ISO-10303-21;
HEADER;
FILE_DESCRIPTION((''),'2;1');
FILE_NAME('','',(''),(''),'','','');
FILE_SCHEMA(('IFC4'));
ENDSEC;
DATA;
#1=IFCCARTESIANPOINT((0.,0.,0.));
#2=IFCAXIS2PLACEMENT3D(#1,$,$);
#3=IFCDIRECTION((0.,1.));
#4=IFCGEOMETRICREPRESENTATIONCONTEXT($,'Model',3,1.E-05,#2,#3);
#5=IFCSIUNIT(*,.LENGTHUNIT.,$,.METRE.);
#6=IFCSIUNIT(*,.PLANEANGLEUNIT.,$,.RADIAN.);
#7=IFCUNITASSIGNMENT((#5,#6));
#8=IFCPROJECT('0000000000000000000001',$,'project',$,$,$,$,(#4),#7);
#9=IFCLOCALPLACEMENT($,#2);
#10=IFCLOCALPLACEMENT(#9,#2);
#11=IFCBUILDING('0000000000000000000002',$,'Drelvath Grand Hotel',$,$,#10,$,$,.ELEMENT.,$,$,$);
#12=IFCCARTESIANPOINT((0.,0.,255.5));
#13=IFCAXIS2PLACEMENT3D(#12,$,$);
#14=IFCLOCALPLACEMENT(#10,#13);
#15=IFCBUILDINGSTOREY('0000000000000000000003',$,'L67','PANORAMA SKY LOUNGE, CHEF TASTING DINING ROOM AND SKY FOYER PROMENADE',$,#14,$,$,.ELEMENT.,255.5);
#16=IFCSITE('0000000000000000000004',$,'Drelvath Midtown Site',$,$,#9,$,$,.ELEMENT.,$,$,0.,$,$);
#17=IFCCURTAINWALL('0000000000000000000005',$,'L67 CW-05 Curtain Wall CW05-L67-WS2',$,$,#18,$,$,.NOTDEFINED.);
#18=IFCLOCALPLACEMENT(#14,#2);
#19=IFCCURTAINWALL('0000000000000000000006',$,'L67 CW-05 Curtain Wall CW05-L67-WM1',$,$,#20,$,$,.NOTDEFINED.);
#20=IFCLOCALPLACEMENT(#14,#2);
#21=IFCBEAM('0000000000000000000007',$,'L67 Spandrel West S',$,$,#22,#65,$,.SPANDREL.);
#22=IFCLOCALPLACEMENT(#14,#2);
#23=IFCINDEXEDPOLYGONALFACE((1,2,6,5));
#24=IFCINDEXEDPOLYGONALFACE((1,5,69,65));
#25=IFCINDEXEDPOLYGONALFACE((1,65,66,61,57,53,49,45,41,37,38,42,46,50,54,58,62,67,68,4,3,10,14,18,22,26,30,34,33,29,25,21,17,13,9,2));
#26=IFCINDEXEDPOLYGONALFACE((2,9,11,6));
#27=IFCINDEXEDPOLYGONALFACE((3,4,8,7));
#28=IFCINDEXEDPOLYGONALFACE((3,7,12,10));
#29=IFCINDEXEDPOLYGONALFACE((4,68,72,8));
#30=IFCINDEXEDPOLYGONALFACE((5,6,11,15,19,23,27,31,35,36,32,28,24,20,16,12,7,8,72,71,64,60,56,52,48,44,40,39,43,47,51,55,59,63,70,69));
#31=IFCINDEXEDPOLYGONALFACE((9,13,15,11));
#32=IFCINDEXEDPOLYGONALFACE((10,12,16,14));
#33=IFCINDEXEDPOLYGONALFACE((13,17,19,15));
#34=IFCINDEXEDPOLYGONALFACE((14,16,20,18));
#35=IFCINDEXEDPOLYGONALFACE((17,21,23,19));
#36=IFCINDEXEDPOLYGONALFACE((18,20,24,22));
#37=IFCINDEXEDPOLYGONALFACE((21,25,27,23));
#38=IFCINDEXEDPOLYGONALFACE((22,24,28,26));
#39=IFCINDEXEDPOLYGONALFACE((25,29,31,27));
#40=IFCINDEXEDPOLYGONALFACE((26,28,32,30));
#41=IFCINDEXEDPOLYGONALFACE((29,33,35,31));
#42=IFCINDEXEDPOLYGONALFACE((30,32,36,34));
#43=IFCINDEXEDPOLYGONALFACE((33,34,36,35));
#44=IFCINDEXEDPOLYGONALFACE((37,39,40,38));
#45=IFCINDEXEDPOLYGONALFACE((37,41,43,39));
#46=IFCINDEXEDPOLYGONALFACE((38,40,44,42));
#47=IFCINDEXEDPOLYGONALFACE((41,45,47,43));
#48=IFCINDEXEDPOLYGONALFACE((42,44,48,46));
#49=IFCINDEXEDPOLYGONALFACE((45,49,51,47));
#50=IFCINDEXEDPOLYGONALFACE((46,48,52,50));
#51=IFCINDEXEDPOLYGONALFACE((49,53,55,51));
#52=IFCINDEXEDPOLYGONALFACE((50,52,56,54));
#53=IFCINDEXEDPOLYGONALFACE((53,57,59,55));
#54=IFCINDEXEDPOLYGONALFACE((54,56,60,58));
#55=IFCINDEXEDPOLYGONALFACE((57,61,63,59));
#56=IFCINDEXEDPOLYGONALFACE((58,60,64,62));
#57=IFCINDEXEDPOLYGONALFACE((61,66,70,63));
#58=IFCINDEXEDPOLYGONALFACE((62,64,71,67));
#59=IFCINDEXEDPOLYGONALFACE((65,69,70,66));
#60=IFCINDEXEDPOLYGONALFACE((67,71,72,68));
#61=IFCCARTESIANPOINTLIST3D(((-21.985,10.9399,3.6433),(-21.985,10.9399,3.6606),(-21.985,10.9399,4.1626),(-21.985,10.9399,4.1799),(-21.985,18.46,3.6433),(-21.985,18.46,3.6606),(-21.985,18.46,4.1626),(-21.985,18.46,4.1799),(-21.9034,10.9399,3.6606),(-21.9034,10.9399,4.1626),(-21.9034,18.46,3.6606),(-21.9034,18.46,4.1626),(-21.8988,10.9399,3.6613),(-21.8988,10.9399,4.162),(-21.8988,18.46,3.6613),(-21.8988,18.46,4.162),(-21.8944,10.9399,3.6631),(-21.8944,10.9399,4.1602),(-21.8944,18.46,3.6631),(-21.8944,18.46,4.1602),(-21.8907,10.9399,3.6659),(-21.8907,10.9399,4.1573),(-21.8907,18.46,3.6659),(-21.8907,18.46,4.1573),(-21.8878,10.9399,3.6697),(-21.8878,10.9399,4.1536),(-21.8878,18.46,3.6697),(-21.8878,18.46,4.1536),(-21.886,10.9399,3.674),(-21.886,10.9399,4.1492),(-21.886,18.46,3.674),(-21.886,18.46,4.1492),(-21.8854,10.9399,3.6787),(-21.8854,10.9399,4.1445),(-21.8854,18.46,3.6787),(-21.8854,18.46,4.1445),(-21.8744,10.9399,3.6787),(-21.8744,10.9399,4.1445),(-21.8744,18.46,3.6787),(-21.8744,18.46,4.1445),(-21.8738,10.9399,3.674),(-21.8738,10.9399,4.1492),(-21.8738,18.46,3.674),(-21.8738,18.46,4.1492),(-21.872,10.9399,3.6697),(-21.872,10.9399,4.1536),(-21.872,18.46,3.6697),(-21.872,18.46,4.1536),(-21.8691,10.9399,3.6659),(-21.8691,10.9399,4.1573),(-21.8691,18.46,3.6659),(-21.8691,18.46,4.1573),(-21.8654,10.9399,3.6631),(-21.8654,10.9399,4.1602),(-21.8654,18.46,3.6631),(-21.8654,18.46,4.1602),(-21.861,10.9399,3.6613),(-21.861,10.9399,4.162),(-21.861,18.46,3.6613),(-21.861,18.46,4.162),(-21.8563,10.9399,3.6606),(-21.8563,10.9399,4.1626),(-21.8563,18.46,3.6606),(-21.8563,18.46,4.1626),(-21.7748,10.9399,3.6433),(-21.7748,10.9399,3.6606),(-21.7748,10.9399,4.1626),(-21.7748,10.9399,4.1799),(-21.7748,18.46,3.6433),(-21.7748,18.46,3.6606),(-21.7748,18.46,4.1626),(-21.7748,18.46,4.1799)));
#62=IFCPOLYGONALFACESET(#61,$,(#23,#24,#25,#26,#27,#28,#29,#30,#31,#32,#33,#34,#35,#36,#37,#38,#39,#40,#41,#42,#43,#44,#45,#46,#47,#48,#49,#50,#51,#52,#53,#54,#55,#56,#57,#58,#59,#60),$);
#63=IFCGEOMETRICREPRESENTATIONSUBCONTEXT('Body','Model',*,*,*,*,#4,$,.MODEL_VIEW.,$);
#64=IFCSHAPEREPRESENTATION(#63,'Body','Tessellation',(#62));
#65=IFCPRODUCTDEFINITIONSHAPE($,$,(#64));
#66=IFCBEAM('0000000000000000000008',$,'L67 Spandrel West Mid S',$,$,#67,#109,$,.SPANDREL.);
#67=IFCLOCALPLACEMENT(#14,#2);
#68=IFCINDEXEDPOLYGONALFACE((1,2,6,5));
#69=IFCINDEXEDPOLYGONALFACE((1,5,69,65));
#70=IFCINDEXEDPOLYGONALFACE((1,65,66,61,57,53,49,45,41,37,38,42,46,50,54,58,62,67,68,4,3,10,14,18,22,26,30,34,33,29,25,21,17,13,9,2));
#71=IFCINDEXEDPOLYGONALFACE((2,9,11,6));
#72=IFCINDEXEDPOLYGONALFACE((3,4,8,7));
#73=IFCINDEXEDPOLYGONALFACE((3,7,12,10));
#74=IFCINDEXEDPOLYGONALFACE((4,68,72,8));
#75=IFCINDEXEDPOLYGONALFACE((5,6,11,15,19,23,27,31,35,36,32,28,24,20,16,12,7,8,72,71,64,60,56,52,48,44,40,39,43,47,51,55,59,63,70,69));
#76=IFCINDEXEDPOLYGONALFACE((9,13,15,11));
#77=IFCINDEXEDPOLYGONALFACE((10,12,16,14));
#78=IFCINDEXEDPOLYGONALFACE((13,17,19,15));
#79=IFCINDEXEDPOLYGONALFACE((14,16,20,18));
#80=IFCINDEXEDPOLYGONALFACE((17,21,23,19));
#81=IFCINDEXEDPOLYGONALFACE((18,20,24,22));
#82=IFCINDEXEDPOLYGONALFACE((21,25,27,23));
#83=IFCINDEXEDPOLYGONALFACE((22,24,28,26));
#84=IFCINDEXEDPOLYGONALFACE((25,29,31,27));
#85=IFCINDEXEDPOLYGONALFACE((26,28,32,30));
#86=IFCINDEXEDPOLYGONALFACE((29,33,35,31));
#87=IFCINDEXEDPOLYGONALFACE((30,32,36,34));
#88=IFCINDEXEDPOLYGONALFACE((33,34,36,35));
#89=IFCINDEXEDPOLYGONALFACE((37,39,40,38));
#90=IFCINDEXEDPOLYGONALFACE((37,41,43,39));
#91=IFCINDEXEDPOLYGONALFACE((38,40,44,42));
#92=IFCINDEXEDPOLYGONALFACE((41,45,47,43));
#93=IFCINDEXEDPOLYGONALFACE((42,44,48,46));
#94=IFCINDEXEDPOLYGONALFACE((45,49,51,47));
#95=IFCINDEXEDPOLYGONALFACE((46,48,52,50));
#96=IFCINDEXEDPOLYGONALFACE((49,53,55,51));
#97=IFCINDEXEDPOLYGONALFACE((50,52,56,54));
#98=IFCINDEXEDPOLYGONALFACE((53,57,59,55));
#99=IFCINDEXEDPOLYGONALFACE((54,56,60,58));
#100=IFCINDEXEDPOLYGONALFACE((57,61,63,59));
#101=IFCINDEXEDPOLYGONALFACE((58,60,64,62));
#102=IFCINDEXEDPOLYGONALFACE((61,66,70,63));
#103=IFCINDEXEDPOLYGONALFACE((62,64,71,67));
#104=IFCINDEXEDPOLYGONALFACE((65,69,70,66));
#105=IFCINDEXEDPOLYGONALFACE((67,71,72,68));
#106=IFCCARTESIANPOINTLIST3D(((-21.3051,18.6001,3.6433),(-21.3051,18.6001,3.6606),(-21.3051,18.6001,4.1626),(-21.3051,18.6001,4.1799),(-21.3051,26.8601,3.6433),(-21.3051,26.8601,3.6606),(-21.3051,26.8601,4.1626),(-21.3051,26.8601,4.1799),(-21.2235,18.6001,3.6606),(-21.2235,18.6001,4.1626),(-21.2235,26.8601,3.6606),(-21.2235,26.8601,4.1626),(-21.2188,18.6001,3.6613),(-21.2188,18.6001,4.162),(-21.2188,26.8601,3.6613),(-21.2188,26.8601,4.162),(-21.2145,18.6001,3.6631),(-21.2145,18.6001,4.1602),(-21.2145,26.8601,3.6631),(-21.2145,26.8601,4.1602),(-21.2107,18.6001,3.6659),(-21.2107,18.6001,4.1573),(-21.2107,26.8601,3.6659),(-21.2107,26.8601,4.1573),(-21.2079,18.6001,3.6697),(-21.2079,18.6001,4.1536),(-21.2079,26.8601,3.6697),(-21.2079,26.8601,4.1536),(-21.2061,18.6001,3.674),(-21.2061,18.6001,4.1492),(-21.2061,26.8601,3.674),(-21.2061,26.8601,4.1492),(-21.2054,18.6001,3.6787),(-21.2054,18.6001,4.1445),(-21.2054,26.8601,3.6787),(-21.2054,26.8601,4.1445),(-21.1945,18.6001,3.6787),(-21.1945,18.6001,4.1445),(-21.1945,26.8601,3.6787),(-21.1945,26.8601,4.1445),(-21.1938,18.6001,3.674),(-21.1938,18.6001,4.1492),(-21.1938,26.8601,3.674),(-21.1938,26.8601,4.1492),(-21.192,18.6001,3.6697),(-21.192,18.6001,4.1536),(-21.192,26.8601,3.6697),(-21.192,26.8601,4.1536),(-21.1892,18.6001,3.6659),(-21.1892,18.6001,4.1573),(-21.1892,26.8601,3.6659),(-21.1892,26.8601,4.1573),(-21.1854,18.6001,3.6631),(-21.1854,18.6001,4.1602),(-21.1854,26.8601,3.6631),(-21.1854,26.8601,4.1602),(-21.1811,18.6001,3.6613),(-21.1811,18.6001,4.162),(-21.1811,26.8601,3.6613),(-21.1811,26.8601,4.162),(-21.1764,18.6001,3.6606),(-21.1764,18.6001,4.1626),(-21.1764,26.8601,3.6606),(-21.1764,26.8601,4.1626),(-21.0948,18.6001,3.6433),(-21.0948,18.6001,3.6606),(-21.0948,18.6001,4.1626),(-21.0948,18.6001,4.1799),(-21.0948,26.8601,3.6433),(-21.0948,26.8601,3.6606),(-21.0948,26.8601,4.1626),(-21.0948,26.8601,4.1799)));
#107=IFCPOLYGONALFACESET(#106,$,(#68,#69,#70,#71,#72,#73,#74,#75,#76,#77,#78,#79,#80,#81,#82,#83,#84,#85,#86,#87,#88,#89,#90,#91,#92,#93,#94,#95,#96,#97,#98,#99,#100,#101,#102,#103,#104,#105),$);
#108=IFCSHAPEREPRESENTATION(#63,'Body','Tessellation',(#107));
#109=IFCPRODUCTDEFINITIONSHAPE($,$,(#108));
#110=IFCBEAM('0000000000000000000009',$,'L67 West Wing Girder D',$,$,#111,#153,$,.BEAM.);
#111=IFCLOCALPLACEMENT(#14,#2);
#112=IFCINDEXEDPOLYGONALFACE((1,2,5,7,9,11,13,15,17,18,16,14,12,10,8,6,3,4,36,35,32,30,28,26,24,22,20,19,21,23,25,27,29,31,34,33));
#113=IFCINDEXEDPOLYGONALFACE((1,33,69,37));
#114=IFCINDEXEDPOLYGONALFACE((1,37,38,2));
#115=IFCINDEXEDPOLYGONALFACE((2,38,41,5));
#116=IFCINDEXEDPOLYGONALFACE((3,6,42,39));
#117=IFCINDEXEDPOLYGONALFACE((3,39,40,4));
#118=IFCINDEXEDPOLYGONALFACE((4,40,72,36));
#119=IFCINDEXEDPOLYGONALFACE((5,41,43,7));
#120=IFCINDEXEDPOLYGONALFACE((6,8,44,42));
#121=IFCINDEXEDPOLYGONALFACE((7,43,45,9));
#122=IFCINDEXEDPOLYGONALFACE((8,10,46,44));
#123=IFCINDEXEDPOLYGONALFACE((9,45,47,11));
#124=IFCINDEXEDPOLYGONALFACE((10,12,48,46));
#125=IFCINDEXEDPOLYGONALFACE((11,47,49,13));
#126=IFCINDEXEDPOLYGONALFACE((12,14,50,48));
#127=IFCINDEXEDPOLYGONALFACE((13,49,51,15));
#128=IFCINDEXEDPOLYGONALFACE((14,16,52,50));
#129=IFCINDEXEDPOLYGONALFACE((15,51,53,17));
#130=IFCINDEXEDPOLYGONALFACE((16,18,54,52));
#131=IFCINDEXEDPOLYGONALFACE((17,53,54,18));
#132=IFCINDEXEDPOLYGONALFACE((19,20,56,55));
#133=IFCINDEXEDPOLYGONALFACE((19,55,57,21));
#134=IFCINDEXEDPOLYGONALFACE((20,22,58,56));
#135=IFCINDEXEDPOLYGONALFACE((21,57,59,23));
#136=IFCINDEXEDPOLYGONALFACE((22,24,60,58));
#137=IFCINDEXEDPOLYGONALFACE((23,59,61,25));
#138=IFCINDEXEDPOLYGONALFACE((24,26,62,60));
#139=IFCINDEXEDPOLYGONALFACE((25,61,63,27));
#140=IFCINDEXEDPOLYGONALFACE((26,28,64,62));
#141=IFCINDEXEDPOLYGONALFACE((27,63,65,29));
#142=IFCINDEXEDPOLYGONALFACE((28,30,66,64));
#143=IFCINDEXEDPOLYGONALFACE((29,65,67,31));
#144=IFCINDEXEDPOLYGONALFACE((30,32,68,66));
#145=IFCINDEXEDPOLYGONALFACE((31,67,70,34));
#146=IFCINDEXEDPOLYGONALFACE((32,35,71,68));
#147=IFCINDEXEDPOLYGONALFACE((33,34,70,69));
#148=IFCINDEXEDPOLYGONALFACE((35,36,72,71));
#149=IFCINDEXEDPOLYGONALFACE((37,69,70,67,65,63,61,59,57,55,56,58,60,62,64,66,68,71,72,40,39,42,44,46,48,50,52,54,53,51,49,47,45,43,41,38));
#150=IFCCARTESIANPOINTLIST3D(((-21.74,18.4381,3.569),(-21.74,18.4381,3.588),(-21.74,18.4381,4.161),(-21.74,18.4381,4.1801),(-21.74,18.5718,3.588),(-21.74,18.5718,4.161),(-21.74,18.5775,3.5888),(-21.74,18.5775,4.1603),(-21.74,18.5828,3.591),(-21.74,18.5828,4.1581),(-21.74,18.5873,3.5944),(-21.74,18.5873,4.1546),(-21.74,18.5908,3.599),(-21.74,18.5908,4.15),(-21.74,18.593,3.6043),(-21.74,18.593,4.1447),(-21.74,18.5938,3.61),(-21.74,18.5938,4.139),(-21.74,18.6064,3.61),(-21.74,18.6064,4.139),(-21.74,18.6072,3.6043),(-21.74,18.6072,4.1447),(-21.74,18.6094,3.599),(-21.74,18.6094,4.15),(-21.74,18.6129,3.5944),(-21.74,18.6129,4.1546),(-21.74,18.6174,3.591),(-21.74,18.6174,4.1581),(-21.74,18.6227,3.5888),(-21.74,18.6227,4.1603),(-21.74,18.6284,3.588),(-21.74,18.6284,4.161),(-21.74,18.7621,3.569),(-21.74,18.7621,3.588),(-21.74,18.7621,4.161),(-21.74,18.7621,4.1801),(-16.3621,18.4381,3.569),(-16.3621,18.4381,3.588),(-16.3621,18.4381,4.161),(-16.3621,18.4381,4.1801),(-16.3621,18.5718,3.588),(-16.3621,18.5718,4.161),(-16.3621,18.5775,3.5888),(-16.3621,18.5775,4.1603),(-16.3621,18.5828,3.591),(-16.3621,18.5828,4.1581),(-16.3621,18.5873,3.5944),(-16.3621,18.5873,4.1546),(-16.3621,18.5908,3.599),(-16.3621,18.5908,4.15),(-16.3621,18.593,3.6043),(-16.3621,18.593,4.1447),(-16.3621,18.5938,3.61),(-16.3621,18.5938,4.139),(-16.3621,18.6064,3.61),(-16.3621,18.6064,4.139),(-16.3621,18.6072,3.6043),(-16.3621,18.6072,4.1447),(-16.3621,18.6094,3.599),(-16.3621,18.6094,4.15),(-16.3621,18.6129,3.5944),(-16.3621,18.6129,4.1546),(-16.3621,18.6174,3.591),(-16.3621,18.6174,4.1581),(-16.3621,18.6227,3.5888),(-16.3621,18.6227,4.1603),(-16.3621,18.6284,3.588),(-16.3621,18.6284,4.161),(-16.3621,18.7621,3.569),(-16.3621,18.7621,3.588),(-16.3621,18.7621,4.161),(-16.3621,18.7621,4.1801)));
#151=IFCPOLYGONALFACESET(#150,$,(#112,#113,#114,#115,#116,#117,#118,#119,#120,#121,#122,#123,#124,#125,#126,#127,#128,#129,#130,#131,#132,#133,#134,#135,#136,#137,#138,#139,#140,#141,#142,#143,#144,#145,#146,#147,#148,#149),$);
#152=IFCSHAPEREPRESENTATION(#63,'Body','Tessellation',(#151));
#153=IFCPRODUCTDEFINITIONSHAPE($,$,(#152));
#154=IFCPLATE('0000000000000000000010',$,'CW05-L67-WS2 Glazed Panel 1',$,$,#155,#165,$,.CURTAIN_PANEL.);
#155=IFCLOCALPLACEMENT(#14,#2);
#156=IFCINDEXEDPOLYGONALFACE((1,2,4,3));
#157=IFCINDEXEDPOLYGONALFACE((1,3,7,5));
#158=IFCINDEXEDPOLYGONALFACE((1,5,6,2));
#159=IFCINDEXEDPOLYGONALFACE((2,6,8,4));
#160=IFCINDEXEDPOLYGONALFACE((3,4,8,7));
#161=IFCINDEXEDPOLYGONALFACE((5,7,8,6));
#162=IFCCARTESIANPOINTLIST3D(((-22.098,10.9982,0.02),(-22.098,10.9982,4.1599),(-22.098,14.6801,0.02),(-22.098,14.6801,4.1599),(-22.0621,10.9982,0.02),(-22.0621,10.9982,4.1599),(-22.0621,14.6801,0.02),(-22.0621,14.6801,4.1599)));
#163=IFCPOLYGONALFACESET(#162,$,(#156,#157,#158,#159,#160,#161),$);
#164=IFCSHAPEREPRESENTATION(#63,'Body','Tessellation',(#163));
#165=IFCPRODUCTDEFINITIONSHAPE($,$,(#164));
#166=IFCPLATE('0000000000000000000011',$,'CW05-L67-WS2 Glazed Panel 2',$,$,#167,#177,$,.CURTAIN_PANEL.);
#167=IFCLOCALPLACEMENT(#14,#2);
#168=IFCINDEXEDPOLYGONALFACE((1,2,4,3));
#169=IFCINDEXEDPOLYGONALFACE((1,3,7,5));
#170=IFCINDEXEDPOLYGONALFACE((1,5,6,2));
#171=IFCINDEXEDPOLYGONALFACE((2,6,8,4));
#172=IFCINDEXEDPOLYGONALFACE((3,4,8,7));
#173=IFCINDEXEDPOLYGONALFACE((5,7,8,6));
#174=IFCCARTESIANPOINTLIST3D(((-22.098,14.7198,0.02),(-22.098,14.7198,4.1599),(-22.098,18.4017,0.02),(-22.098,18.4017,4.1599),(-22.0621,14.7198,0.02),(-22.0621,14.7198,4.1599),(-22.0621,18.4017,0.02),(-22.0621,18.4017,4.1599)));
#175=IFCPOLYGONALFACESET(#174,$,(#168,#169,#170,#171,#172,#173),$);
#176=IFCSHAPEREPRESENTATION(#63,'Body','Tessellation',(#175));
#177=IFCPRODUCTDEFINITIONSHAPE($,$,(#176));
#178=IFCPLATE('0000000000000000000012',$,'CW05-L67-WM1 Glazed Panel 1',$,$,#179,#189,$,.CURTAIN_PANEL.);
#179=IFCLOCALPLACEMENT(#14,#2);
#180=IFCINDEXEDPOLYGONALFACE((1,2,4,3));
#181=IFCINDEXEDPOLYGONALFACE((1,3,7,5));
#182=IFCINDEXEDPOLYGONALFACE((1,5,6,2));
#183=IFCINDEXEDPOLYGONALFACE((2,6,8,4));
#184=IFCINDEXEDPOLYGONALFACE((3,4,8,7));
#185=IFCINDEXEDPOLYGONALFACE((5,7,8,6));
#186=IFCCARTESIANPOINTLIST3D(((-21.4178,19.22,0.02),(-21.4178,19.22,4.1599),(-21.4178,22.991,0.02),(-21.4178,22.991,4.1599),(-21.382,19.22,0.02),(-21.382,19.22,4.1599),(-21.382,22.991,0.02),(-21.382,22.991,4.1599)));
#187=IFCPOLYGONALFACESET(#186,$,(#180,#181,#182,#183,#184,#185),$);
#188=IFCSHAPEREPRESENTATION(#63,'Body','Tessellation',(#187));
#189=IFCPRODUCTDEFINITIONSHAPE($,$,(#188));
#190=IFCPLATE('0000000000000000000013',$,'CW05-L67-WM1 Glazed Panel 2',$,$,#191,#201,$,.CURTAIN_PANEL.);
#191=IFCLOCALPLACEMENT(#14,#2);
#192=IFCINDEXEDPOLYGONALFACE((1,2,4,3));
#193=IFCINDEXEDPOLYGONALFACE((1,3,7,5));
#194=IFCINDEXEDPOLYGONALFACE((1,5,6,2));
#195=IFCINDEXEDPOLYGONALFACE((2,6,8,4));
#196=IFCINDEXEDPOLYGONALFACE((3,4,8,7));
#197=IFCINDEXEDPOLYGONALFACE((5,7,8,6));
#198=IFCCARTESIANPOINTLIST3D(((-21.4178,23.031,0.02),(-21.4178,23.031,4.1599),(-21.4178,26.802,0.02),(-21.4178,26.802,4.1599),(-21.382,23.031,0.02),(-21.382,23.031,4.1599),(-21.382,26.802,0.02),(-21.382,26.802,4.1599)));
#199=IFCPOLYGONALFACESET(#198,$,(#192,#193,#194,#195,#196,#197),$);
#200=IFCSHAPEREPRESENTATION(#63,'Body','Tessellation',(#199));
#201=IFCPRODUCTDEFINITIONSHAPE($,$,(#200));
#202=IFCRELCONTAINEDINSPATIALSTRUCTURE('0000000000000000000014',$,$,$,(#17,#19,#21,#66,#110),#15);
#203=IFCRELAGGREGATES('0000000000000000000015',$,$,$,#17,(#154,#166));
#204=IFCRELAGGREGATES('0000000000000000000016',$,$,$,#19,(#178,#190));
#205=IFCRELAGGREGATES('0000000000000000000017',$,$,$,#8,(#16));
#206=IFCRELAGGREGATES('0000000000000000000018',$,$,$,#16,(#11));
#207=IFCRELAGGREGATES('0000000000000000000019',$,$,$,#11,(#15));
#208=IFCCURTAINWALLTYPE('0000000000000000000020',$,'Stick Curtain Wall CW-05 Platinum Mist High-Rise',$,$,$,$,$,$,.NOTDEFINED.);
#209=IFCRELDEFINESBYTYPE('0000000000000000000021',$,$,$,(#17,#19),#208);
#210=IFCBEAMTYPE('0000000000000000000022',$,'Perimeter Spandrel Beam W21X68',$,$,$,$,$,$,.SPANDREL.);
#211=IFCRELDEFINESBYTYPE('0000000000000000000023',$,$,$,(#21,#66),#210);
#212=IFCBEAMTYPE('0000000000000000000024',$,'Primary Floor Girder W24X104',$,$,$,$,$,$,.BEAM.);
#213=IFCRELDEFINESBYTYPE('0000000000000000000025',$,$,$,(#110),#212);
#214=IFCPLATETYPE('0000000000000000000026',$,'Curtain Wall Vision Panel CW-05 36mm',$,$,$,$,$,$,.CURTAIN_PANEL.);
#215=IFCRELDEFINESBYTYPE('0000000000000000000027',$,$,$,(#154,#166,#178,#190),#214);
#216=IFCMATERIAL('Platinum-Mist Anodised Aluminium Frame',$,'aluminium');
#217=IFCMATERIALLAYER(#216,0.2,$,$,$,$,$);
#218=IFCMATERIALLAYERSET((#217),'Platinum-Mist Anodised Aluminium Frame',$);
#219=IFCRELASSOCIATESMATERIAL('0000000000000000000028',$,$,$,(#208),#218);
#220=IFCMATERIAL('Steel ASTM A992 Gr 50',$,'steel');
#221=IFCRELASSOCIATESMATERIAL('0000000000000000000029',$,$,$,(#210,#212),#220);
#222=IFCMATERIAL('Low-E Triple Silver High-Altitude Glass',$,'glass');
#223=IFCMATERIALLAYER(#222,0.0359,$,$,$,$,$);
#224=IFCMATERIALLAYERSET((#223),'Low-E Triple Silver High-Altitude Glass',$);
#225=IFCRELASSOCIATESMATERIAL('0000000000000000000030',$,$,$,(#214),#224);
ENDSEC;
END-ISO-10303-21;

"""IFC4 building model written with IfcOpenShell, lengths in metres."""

from ifc_helpers import new_model, si_unit, direction, frame, origin, origin_2d, place, context, subcontext, project, spatial, rectangle, i_section, extrude, material, layer, layer_set, material_profile, profile_set, type_object, element, aggregate, save


model = new_model("IFC4")

# Units and contexts
model_context = context("Model", 3, precision=1e-05, world=origin(), true_north=direction((0.0, 1.0)))
body_context = subcontext(model_context, "Body", "Model", "MODEL_VIEW")
ifc_project = project(units=[si_unit("LENGTHUNIT", "METRE"), si_unit("PLANEANGLEUNIT", "RADIAN")], contexts=[model_context])

# Site, building, storey
site_placement = place(None, origin())
site = spatial("IfcSite", under=ifc_project, at=site_placement, Name="Drelvath Midtown Site", CompositionType="ELEMENT", RefElevation=0.0)
building_placement = place(site_placement, origin())
building = spatial("IfcBuilding", under=site, at=building_placement, Name="Drelvath Grand Hotel", CompositionType="ELEMENT")
storey_placement = place(building_placement, frame((0.0, 0.0, 255.5)))
storey = spatial("IfcBuildingStorey", under=building, at=storey_placement, Name="L67", Description="PANORAMA SKY LOUNGE, CHEF TASTING DINING ROOM AND SKY FOYER PROMENADE", CompositionType="ELEMENT", Elevation=255.5)

# Curtain walls
ifc_material_1 = material(Name="Platinum-Mist Anodised Aluminium Frame", Category="aluminium")
ifc_layer_1 = layer(ifc_material_1, 0.2)
ifc_layer_set_1 = layer_set([ifc_layer_1], Name="Platinum-Mist Anodised Aluminium Frame")
curtain_wall_type = type_object("IfcCurtainWallType", Name="Stick Curtain Wall CW-05 Platinum Mist High-Rise", PredefinedType="NOTDEFINED", material=ifc_layer_set_1)
curtain_wall_1_placement = place(storey_placement, origin())
curtain_wall_1 = element("IfcCurtainWall", 1, at=curtain_wall_1_placement, inside=storey, type_object=curtain_wall_type, Name="L67 CW-05 Curtain Wall CW05-L67-WS2", PredefinedType="NOTDEFINED")
curtain_wall_2_placement = place(storey_placement, origin())
curtain_wall_2 = element("IfcCurtainWall", 2, at=curtain_wall_2_placement, inside=storey, type_object=curtain_wall_type, Name="L67 CW-05 Curtain Wall CW05-L67-WM1", PredefinedType="NOTDEFINED")

# Beams
ifc_material_2 = material(Name="Steel ASTM A992 Gr 50", Category="steel")
ifc_material_profile_1 = material_profile(ifc_material_2, i_section(OverallWidth=0.2102, OverallDepth=0.5366, WebThickness=0.011, FlangeThickness=0.0173, FilletRadius=0.0181, at=origin_2d()), Name="W21X68")
ifc_profile_set_1 = profile_set([ifc_material_profile_1], Name="Steel ASTM A992 Gr 50")
beam_type_1 = type_object("IfcBeamType", Name="Perimeter Spandrel Beam W21X68", PredefinedType="SPANDREL", material=ifc_profile_set_1)
beam_1_placement = place(storey_placement, frame((-21.8799, 10.9399, 3.9116), z_axis=(0.0, 1.0, 0.0), x_axis=(-1.0, 0.0, 0.0)))
element("IfcBeam", 3, at=beam_1_placement, inside=storey, type_object=beam_type_1, Name="L67 Spandrel West S", PredefinedType="SPANDREL", context=body_context, shape_type="SweptSolid", body=[
    extrude(i_section(OverallWidth=0.2102, OverallDepth=0.5366, WebThickness=0.011, FlangeThickness=0.0173, FilletRadius=0.0181, at=origin_2d()), origin(), (0.0, 0.0, 1.0), 7.52),
])
beam_2_placement = place(storey_placement, frame((-21.2, 18.6001, 3.9116), z_axis=(0.0, 1.0, 0.0), x_axis=(-1.0, 0.0, 0.0)))
element("IfcBeam", 4, at=beam_2_placement, inside=storey, type_object=beam_type_1, Name="L67 Spandrel West Mid S", PredefinedType="SPANDREL", context=body_context, shape_type="SweptSolid", body=[
    extrude(i_section(OverallWidth=0.2102, OverallDepth=0.5366, WebThickness=0.011, FlangeThickness=0.0173, FilletRadius=0.0181, at=origin_2d()), origin(), (0.0, 0.0, 1.0), 8.26),
])
ifc_material_profile_2 = material_profile(ifc_material_2, i_section(OverallWidth=0.324, OverallDepth=0.6111, WebThickness=0.0127, FlangeThickness=0.019, FilletRadius=0.022, at=origin_2d()), Name="W24X104")
ifc_profile_set_2 = profile_set([ifc_material_profile_2], Name="Steel ASTM A992 Gr 50")
beam_type_2 = type_object("IfcBeamType", Name="Primary Floor Girder W24X104", PredefinedType="BEAM", material=ifc_profile_set_2)
beam_3_placement = place(storey_placement, frame((-21.74, 18.6001, 3.8745), z_axis=(1.0, 0.0, 0.0), x_axis=(0.0, 1.0, 0.0)))
element("IfcBeam", 5, at=beam_3_placement, inside=storey, type_object=beam_type_2, Name="L67 West Wing Girder D", PredefinedType="BEAM", context=body_context, shape_type="SweptSolid", body=[
    extrude(i_section(OverallWidth=0.324, OverallDepth=0.6111, WebThickness=0.0127, FlangeThickness=0.019, FilletRadius=0.022, at=origin_2d()), origin(), (0.0, 0.0, 1.0), 5.3779),
])

# Plates
ifc_material_3 = material(Name="Low-E Triple Silver High-Altitude Glass", Category="glass")
ifc_layer_2 = layer(ifc_material_3, 0.0359)
ifc_layer_set_2 = layer_set([ifc_layer_2], Name="Low-E Triple Silver High-Altitude Glass")
plate_type = type_object("IfcPlateType", Name="Curtain Wall Vision Panel CW-05 36mm", PredefinedType="CURTAIN_PANEL", material=ifc_layer_set_2)
plate_1_placement = place(storey_placement, frame((-22.0801, 12.8391, 0.02), z_axis=(0.0, 0.0, 1.0), x_axis=(0.0, 1.0, 0.0)))
plate_1 = element("IfcPlate", 6, at=plate_1_placement, type_object=plate_type, Name="CW05-L67-WS2 Glazed Panel 1", PredefinedType="CURTAIN_PANEL", context=body_context, shape_type="SweptSolid", body=[
    extrude(rectangle(XDim=3.6819, YDim=0.0359, at=origin_2d()), origin(), (0.0, 0.0, 1.0), 4.1399),
])
plate_2_placement = place(storey_placement, frame((-22.0801, 16.5608, 0.02), z_axis=(0.0, 0.0, 1.0), x_axis=(0.0, 1.0, 0.0)))
plate_2 = element("IfcPlate", 7, at=plate_2_placement, type_object=plate_type, Name="CW05-L67-WS2 Glazed Panel 2", PredefinedType="CURTAIN_PANEL", context=body_context, shape_type="SweptSolid", body=[
    extrude(rectangle(XDim=3.6819, YDim=0.0359, at=origin_2d()), origin(), (0.0, 0.0, 1.0), 4.1399),
])
aggregate(curtain_wall_1, [plate_1, plate_2])
plate_3_placement = place(storey_placement, frame((-21.3999, 21.1055, 0.02), z_axis=(0.0, 0.0, 1.0), x_axis=(0.0, 1.0, 0.0)))
plate_3 = element("IfcPlate", 8, at=plate_3_placement, type_object=plate_type, Name="CW05-L67-WM1 Glazed Panel 1", PredefinedType="CURTAIN_PANEL", context=body_context, shape_type="SweptSolid", body=[
    extrude(rectangle(XDim=3.771, YDim=0.0359, at=origin_2d()), origin(), (0.0, 0.0, 1.0), 4.1399),
])
plate_4_placement = place(storey_placement, frame((-21.3999, 24.9165, 0.02), z_axis=(0.0, 0.0, 1.0), x_axis=(0.0, 1.0, 0.0)))
plate_4 = element("IfcPlate", 9, at=plate_4_placement, type_object=plate_type, Name="CW05-L67-WM1 Glazed Panel 2", PredefinedType="CURTAIN_PANEL", context=body_context, shape_type="SweptSolid", body=[
    extrude(rectangle(XDim=3.771, YDim=0.0359, at=origin_2d()), origin(), (0.0, 0.0, 1.0), 4.1399),
])
aggregate(curtain_wall_2, [plate_3, plate_4])

save(model, "model.ifc")
